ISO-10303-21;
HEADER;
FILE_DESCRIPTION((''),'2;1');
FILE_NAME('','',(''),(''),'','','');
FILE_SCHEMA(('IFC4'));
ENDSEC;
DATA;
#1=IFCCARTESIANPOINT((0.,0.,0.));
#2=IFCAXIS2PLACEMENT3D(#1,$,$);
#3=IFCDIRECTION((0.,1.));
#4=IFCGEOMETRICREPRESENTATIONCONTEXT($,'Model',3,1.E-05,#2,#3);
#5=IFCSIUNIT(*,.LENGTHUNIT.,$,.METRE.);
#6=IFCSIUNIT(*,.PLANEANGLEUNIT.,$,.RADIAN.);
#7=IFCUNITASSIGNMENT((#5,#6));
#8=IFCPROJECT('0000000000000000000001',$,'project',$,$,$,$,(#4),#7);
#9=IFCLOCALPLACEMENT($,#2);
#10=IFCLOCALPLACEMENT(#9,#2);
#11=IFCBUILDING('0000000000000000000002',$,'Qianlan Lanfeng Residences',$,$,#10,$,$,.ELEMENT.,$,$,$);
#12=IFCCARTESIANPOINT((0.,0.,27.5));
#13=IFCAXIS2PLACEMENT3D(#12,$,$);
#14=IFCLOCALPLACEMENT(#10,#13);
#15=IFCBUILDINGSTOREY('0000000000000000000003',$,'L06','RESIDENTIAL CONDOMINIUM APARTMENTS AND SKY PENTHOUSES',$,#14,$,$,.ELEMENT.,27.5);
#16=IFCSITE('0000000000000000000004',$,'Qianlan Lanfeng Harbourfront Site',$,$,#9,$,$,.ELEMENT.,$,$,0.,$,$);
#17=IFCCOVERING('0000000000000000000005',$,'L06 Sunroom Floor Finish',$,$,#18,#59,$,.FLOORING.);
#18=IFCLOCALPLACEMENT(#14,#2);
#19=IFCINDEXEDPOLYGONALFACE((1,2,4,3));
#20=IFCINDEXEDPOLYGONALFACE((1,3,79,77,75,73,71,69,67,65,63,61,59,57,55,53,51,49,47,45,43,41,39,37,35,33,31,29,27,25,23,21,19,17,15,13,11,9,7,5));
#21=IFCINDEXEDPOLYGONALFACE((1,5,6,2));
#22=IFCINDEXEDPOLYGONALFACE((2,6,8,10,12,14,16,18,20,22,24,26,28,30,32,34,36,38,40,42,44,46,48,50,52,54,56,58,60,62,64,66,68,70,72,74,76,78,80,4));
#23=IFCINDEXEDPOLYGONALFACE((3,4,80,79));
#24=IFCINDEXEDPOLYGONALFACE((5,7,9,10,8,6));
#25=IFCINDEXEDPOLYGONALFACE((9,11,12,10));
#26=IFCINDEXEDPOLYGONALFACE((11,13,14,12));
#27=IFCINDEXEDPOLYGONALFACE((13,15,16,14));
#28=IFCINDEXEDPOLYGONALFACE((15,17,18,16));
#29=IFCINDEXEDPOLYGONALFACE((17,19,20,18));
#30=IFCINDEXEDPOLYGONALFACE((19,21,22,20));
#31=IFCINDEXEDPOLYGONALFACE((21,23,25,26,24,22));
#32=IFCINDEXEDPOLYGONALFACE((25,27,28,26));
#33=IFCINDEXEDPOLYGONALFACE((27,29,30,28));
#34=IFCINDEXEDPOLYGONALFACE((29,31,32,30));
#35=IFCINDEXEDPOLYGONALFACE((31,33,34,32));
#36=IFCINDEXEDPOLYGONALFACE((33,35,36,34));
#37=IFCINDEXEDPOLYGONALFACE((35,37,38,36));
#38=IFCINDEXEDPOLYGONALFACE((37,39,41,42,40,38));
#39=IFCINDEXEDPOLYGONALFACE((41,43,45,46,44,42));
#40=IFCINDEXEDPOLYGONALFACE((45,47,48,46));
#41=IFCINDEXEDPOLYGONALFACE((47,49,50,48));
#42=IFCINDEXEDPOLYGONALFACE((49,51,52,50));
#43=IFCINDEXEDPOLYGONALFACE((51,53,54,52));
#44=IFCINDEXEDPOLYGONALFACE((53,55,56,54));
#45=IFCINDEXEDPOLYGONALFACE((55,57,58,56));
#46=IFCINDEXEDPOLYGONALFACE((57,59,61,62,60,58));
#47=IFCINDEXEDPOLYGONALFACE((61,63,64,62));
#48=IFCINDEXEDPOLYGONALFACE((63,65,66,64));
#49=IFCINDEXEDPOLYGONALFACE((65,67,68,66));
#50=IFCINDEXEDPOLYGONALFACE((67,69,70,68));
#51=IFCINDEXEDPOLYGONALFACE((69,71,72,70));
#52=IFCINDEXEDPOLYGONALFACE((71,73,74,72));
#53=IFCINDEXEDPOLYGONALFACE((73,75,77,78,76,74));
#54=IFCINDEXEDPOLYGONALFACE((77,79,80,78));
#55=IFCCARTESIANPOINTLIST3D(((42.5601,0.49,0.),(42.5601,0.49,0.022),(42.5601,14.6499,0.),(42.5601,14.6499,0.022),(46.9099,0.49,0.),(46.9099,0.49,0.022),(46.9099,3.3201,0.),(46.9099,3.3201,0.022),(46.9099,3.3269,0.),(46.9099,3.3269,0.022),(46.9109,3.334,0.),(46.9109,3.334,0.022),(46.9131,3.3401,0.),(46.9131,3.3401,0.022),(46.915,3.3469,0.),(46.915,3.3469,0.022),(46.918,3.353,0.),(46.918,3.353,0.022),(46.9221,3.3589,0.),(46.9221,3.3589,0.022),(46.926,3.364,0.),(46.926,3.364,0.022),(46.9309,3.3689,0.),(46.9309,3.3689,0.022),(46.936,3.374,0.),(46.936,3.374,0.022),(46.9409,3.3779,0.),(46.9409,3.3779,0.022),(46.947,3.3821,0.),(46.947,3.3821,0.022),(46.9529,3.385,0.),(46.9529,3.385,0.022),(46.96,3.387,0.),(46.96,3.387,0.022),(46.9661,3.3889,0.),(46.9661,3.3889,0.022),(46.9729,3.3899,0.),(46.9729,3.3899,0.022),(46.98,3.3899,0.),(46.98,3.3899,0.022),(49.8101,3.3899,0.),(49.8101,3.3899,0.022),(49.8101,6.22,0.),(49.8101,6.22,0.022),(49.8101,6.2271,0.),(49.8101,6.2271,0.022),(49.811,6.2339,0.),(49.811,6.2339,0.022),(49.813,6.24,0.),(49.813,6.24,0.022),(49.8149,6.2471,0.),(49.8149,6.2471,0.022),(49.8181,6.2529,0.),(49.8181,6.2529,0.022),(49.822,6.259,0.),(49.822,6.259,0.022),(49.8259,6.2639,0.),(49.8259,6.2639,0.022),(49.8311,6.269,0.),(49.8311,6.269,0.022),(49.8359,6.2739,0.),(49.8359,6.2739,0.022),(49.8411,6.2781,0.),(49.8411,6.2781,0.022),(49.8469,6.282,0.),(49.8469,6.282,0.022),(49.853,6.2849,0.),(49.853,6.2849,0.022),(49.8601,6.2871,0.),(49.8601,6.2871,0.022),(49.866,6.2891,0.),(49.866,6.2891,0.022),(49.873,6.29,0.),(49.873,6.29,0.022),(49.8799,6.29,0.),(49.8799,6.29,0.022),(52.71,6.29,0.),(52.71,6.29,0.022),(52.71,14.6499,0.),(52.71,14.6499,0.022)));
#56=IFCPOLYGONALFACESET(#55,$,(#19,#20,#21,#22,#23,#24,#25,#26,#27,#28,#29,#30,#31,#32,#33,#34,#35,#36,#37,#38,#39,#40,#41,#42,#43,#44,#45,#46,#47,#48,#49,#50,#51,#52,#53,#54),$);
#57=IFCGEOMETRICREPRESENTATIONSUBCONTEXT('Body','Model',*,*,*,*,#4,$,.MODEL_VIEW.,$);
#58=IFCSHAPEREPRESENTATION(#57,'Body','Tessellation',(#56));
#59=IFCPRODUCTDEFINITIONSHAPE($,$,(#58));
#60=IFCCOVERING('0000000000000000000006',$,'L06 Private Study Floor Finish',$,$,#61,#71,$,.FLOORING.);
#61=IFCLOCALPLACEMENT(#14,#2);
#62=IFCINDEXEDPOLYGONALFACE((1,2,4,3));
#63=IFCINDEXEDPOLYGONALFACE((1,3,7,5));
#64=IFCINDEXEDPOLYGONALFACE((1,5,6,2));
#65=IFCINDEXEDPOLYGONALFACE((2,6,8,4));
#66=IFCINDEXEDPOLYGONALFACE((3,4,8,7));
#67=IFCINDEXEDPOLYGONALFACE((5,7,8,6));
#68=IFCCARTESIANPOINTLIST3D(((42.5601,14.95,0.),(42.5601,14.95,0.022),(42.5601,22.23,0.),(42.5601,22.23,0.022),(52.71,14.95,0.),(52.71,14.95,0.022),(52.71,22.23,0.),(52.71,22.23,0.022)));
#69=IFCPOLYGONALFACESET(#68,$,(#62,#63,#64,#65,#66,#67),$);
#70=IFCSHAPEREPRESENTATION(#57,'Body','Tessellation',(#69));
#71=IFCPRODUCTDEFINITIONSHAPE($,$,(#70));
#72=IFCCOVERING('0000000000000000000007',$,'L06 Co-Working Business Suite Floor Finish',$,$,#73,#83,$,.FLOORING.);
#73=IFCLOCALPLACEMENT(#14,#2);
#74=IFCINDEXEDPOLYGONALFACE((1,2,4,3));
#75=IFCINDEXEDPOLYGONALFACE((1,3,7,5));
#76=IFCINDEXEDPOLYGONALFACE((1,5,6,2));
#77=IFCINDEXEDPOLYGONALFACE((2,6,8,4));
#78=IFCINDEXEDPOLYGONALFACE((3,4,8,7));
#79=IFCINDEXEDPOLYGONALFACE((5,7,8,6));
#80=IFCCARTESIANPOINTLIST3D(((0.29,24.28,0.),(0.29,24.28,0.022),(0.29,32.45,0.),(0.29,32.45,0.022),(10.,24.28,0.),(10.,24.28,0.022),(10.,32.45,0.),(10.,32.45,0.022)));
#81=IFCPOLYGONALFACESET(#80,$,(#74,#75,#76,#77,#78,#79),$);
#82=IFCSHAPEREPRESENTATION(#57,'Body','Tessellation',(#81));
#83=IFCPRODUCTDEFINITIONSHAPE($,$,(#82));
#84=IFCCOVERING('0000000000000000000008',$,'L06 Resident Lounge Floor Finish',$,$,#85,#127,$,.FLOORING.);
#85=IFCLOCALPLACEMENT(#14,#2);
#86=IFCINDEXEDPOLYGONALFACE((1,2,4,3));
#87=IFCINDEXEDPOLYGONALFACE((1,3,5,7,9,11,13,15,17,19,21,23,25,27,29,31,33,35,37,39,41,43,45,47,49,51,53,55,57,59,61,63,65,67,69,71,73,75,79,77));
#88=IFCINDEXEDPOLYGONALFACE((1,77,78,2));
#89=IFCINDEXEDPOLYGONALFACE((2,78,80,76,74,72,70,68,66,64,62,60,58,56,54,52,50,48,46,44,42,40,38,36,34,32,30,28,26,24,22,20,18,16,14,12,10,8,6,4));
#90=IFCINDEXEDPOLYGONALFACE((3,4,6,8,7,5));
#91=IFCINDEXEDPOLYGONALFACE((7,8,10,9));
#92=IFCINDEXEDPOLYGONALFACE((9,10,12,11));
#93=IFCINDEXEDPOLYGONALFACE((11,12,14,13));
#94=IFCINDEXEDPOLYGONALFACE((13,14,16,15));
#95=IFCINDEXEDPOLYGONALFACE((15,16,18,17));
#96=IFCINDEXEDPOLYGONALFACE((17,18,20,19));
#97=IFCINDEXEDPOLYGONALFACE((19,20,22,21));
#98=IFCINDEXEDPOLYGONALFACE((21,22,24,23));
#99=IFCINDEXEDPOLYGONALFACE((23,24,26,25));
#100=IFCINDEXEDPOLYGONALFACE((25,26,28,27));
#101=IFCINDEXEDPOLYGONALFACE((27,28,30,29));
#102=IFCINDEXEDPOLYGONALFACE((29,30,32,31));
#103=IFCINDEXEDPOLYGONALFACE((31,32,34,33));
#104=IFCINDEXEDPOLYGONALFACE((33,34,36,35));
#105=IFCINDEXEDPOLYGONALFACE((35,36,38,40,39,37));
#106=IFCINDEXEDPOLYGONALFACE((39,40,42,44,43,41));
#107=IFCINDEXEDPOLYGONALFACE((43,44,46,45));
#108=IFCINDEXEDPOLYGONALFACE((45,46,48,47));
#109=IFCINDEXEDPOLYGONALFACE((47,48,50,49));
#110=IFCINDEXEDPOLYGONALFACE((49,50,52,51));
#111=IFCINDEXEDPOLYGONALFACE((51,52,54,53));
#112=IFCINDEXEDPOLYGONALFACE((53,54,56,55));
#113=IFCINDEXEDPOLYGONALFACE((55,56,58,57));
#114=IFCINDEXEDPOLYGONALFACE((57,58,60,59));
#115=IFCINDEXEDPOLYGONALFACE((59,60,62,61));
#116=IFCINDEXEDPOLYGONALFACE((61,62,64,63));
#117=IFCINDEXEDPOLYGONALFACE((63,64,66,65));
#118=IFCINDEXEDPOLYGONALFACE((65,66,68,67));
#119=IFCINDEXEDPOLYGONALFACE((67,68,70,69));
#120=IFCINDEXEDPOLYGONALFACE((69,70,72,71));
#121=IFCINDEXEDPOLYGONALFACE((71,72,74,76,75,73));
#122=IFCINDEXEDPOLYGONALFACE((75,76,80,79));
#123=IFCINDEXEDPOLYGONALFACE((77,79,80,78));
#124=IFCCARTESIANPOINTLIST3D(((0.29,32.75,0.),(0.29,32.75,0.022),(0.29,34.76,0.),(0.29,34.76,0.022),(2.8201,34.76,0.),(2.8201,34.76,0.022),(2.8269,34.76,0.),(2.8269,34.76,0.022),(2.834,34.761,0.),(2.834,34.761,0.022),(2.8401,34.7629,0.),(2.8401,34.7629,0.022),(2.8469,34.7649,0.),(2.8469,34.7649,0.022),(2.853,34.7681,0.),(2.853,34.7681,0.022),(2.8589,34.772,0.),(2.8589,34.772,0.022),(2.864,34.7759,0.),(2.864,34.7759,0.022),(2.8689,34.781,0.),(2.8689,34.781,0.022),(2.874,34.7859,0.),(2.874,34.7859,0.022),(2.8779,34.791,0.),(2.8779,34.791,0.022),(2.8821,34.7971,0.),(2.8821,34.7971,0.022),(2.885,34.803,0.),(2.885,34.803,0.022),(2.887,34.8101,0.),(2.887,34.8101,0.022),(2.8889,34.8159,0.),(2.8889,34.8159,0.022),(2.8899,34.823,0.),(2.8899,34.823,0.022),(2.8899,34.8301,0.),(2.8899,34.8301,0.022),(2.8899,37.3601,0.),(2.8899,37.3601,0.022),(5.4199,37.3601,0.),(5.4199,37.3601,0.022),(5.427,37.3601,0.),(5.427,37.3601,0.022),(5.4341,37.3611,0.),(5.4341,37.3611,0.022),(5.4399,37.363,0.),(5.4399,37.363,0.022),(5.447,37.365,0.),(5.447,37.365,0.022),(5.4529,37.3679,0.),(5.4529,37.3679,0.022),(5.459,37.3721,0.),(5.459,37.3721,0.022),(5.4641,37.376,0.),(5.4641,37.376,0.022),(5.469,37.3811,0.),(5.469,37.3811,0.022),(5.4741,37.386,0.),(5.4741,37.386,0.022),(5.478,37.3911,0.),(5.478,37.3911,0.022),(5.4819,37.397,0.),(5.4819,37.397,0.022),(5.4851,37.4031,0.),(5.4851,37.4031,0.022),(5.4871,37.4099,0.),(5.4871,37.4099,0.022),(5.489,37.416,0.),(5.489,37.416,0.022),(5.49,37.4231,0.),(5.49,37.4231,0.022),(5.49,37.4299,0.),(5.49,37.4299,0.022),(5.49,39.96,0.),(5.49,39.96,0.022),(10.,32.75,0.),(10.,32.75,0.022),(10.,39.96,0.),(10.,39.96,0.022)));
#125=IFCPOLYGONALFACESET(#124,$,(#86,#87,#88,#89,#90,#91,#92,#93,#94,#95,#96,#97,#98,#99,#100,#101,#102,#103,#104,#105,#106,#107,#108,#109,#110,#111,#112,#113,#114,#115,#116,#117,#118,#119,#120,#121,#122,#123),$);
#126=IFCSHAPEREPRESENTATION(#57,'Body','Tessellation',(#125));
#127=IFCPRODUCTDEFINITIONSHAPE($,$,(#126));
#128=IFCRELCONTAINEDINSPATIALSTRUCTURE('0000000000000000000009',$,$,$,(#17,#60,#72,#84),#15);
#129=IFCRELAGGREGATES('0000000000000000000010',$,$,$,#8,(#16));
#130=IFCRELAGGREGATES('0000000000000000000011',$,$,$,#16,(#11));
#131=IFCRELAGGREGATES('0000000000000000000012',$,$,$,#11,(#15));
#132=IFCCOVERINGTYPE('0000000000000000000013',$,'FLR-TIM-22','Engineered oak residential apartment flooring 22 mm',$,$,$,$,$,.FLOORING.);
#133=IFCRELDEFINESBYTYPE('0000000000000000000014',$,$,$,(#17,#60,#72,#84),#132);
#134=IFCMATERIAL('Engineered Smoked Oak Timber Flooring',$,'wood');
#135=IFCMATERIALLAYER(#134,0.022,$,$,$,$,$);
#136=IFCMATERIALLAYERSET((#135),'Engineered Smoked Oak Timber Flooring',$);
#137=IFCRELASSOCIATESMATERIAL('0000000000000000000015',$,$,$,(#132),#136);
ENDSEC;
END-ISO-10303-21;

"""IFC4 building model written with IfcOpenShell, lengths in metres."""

from ifc_helpers import new_model, si_unit, direction, frame, origin, place, context, subcontext, project, spatial, polyline, outline, extrude, material, layer, layer_set, type_object, element, save


model = new_model("IFC4")

# Units and contexts
model_context = context("Model", 3, precision=1e-05, world=origin(), true_north=direction((0.0, 1.0)))
body_context = subcontext(model_context, "Body", "Model", "MODEL_VIEW")
ifc_project = project(units=[si_unit("LENGTHUNIT", "METRE"), si_unit("PLANEANGLEUNIT", "RADIAN")], contexts=[model_context])

# Site, building, storey
site_placement = place(None, origin())
site = spatial("IfcSite", under=ifc_project, at=site_placement, Name="Qianlan Lanfeng Harbourfront Site", CompositionType="ELEMENT", RefElevation=0.0)
building_placement = place(site_placement, origin())
building = spatial("IfcBuilding", under=site, at=building_placement, Name="Qianlan Lanfeng Residences", CompositionType="ELEMENT")
storey_placement = place(building_placement, frame((0.0, 0.0, 27.5)))
storey = spatial("IfcBuildingStorey", under=building, at=storey_placement, Name="L06", Description="RESIDENTIAL CONDOMINIUM APARTMENTS AND SKY PENTHOUSES", CompositionType="ELEMENT", Elevation=27.5)

# Coverings
ifc_material_1 = material(Name="Engineered Smoked Oak Timber Flooring", Category="wood")
ifc_layer_1 = layer(ifc_material_1, 0.022)
ifc_layer_set_1 = layer_set([ifc_layer_1], Name="Engineered Smoked Oak Timber Flooring")
covering_type_1 = type_object("IfcCoveringType", Name="FLR-TIM-22", Description="Engineered oak residential apartment flooring 22 mm", PredefinedType="FLOORING", material=ifc_layer_set_1)
covering_1_placement = place(storey_placement, origin())
element("IfcCovering", 1, at=covering_1_placement, inside=storey, type_object=covering_type_1, Name="L06 Sunroom Floor Finish", PredefinedType="FLOORING", context=body_context, shape_type="SweptSolid", body=[
    extrude(outline(polyline([(52.71, 14.6499), (42.5601, 14.6499), (42.5601, 0.49), (46.9099, 0.49), (46.9099, 3.3201), (46.9099, 3.3269), (46.9109, 3.334), (46.9131, 3.3401), (46.915, 3.3469), (46.918, 3.353), (46.9221, 3.3589), (46.926, 3.364), (46.9309, 3.3689), (46.936, 3.374), (46.9409, 3.3779), (46.947, 3.3821), (46.9529, 3.385), (46.96, 3.387), (46.9661, 3.3889), (46.9729, 3.3899), (46.98, 3.3899), (49.8101, 3.3899), (49.8101, 6.22), (49.8101, 6.2271), (49.811, 6.2339), (49.813, 6.24), (49.8149, 6.2471), (49.8181, 6.2529), (49.822, 6.259), (49.8259, 6.2639), (49.8311, 6.269), (49.8359, 6.2739), (49.8411, 6.2781), (49.8469, 6.282), (49.853, 6.2849), (49.8601, 6.2871), (49.866, 6.2891), (49.873, 6.29), (49.8799, 6.29), (52.71, 6.29), (52.71, 14.6499)])), origin(), (0.0, 0.0, 1.0), 0.022),
])
covering_2_placement = place(storey_placement, origin())
element("IfcCovering", 2, at=covering_2_placement, inside=storey, type_object=covering_type_1, Name="L06 Private Study Floor Finish", PredefinedType="FLOORING", context=body_context, shape_type="SweptSolid", body=[
    extrude(outline(polyline([(52.71, 22.23), (42.5601, 22.23), (42.5601, 14.95), (52.71, 14.95), (52.71, 22.23)])), origin(), (0.0, 0.0, 1.0), 0.022),
])
covering_3_placement = place(storey_placement, origin())
element("IfcCovering", 3, at=covering_3_placement, inside=storey, type_object=covering_type_1, Name="L06 Co-Working Business Suite Floor Finish", PredefinedType="FLOORING", context=body_context, shape_type="SweptSolid", body=[
    extrude(outline(polyline([(10.0, 32.45), (0.29, 32.45), (0.29, 24.28), (10.0, 24.28), (10.0, 32.45)])), origin(), (0.0, 0.0, 1.0), 0.022),
])
covering_4_placement = place(storey_placement, origin())
element("IfcCovering", 4, at=covering_4_placement, inside=storey, type_object=covering_type_1, Name="L06 Resident Lounge Floor Finish", PredefinedType="FLOORING", context=body_context, shape_type="SweptSolid", body=[
    extrude(outline(polyline([(0.29, 32.75), (10.0, 32.75), (10.0, 39.96), (5.49, 39.96), (5.49, 37.4299), (5.49, 37.4231), (5.489, 37.416), (5.4871, 37.4099), (5.4851, 37.4031), (5.4819, 37.397), (5.478, 37.3911), (5.4741, 37.386), (5.469, 37.3811), (5.4641, 37.376), (5.459, 37.3721), (5.4529, 37.3679), (5.447, 37.365), (5.4399, 37.363), (5.4341, 37.3611), (5.427, 37.3601), (5.4199, 37.3601), (2.8899, 37.3601), (2.8899, 34.8301), (2.8899, 34.823), (2.8889, 34.8159), (2.887, 34.8101), (2.885, 34.803), (2.8821, 34.7971), (2.8779, 34.791), (2.874, 34.7859), (2.8689, 34.781), (2.864, 34.7759), (2.8589, 34.772), (2.853, 34.7681), (2.8469, 34.7649), (2.8401, 34.7629), (2.834, 34.761), (2.8269, 34.76), (2.8201, 34.76), (0.29, 34.76), (0.29, 32.75)])), origin(), (0.0, 0.0, 1.0), 0.022),
])

save(model, "model.ifc")
